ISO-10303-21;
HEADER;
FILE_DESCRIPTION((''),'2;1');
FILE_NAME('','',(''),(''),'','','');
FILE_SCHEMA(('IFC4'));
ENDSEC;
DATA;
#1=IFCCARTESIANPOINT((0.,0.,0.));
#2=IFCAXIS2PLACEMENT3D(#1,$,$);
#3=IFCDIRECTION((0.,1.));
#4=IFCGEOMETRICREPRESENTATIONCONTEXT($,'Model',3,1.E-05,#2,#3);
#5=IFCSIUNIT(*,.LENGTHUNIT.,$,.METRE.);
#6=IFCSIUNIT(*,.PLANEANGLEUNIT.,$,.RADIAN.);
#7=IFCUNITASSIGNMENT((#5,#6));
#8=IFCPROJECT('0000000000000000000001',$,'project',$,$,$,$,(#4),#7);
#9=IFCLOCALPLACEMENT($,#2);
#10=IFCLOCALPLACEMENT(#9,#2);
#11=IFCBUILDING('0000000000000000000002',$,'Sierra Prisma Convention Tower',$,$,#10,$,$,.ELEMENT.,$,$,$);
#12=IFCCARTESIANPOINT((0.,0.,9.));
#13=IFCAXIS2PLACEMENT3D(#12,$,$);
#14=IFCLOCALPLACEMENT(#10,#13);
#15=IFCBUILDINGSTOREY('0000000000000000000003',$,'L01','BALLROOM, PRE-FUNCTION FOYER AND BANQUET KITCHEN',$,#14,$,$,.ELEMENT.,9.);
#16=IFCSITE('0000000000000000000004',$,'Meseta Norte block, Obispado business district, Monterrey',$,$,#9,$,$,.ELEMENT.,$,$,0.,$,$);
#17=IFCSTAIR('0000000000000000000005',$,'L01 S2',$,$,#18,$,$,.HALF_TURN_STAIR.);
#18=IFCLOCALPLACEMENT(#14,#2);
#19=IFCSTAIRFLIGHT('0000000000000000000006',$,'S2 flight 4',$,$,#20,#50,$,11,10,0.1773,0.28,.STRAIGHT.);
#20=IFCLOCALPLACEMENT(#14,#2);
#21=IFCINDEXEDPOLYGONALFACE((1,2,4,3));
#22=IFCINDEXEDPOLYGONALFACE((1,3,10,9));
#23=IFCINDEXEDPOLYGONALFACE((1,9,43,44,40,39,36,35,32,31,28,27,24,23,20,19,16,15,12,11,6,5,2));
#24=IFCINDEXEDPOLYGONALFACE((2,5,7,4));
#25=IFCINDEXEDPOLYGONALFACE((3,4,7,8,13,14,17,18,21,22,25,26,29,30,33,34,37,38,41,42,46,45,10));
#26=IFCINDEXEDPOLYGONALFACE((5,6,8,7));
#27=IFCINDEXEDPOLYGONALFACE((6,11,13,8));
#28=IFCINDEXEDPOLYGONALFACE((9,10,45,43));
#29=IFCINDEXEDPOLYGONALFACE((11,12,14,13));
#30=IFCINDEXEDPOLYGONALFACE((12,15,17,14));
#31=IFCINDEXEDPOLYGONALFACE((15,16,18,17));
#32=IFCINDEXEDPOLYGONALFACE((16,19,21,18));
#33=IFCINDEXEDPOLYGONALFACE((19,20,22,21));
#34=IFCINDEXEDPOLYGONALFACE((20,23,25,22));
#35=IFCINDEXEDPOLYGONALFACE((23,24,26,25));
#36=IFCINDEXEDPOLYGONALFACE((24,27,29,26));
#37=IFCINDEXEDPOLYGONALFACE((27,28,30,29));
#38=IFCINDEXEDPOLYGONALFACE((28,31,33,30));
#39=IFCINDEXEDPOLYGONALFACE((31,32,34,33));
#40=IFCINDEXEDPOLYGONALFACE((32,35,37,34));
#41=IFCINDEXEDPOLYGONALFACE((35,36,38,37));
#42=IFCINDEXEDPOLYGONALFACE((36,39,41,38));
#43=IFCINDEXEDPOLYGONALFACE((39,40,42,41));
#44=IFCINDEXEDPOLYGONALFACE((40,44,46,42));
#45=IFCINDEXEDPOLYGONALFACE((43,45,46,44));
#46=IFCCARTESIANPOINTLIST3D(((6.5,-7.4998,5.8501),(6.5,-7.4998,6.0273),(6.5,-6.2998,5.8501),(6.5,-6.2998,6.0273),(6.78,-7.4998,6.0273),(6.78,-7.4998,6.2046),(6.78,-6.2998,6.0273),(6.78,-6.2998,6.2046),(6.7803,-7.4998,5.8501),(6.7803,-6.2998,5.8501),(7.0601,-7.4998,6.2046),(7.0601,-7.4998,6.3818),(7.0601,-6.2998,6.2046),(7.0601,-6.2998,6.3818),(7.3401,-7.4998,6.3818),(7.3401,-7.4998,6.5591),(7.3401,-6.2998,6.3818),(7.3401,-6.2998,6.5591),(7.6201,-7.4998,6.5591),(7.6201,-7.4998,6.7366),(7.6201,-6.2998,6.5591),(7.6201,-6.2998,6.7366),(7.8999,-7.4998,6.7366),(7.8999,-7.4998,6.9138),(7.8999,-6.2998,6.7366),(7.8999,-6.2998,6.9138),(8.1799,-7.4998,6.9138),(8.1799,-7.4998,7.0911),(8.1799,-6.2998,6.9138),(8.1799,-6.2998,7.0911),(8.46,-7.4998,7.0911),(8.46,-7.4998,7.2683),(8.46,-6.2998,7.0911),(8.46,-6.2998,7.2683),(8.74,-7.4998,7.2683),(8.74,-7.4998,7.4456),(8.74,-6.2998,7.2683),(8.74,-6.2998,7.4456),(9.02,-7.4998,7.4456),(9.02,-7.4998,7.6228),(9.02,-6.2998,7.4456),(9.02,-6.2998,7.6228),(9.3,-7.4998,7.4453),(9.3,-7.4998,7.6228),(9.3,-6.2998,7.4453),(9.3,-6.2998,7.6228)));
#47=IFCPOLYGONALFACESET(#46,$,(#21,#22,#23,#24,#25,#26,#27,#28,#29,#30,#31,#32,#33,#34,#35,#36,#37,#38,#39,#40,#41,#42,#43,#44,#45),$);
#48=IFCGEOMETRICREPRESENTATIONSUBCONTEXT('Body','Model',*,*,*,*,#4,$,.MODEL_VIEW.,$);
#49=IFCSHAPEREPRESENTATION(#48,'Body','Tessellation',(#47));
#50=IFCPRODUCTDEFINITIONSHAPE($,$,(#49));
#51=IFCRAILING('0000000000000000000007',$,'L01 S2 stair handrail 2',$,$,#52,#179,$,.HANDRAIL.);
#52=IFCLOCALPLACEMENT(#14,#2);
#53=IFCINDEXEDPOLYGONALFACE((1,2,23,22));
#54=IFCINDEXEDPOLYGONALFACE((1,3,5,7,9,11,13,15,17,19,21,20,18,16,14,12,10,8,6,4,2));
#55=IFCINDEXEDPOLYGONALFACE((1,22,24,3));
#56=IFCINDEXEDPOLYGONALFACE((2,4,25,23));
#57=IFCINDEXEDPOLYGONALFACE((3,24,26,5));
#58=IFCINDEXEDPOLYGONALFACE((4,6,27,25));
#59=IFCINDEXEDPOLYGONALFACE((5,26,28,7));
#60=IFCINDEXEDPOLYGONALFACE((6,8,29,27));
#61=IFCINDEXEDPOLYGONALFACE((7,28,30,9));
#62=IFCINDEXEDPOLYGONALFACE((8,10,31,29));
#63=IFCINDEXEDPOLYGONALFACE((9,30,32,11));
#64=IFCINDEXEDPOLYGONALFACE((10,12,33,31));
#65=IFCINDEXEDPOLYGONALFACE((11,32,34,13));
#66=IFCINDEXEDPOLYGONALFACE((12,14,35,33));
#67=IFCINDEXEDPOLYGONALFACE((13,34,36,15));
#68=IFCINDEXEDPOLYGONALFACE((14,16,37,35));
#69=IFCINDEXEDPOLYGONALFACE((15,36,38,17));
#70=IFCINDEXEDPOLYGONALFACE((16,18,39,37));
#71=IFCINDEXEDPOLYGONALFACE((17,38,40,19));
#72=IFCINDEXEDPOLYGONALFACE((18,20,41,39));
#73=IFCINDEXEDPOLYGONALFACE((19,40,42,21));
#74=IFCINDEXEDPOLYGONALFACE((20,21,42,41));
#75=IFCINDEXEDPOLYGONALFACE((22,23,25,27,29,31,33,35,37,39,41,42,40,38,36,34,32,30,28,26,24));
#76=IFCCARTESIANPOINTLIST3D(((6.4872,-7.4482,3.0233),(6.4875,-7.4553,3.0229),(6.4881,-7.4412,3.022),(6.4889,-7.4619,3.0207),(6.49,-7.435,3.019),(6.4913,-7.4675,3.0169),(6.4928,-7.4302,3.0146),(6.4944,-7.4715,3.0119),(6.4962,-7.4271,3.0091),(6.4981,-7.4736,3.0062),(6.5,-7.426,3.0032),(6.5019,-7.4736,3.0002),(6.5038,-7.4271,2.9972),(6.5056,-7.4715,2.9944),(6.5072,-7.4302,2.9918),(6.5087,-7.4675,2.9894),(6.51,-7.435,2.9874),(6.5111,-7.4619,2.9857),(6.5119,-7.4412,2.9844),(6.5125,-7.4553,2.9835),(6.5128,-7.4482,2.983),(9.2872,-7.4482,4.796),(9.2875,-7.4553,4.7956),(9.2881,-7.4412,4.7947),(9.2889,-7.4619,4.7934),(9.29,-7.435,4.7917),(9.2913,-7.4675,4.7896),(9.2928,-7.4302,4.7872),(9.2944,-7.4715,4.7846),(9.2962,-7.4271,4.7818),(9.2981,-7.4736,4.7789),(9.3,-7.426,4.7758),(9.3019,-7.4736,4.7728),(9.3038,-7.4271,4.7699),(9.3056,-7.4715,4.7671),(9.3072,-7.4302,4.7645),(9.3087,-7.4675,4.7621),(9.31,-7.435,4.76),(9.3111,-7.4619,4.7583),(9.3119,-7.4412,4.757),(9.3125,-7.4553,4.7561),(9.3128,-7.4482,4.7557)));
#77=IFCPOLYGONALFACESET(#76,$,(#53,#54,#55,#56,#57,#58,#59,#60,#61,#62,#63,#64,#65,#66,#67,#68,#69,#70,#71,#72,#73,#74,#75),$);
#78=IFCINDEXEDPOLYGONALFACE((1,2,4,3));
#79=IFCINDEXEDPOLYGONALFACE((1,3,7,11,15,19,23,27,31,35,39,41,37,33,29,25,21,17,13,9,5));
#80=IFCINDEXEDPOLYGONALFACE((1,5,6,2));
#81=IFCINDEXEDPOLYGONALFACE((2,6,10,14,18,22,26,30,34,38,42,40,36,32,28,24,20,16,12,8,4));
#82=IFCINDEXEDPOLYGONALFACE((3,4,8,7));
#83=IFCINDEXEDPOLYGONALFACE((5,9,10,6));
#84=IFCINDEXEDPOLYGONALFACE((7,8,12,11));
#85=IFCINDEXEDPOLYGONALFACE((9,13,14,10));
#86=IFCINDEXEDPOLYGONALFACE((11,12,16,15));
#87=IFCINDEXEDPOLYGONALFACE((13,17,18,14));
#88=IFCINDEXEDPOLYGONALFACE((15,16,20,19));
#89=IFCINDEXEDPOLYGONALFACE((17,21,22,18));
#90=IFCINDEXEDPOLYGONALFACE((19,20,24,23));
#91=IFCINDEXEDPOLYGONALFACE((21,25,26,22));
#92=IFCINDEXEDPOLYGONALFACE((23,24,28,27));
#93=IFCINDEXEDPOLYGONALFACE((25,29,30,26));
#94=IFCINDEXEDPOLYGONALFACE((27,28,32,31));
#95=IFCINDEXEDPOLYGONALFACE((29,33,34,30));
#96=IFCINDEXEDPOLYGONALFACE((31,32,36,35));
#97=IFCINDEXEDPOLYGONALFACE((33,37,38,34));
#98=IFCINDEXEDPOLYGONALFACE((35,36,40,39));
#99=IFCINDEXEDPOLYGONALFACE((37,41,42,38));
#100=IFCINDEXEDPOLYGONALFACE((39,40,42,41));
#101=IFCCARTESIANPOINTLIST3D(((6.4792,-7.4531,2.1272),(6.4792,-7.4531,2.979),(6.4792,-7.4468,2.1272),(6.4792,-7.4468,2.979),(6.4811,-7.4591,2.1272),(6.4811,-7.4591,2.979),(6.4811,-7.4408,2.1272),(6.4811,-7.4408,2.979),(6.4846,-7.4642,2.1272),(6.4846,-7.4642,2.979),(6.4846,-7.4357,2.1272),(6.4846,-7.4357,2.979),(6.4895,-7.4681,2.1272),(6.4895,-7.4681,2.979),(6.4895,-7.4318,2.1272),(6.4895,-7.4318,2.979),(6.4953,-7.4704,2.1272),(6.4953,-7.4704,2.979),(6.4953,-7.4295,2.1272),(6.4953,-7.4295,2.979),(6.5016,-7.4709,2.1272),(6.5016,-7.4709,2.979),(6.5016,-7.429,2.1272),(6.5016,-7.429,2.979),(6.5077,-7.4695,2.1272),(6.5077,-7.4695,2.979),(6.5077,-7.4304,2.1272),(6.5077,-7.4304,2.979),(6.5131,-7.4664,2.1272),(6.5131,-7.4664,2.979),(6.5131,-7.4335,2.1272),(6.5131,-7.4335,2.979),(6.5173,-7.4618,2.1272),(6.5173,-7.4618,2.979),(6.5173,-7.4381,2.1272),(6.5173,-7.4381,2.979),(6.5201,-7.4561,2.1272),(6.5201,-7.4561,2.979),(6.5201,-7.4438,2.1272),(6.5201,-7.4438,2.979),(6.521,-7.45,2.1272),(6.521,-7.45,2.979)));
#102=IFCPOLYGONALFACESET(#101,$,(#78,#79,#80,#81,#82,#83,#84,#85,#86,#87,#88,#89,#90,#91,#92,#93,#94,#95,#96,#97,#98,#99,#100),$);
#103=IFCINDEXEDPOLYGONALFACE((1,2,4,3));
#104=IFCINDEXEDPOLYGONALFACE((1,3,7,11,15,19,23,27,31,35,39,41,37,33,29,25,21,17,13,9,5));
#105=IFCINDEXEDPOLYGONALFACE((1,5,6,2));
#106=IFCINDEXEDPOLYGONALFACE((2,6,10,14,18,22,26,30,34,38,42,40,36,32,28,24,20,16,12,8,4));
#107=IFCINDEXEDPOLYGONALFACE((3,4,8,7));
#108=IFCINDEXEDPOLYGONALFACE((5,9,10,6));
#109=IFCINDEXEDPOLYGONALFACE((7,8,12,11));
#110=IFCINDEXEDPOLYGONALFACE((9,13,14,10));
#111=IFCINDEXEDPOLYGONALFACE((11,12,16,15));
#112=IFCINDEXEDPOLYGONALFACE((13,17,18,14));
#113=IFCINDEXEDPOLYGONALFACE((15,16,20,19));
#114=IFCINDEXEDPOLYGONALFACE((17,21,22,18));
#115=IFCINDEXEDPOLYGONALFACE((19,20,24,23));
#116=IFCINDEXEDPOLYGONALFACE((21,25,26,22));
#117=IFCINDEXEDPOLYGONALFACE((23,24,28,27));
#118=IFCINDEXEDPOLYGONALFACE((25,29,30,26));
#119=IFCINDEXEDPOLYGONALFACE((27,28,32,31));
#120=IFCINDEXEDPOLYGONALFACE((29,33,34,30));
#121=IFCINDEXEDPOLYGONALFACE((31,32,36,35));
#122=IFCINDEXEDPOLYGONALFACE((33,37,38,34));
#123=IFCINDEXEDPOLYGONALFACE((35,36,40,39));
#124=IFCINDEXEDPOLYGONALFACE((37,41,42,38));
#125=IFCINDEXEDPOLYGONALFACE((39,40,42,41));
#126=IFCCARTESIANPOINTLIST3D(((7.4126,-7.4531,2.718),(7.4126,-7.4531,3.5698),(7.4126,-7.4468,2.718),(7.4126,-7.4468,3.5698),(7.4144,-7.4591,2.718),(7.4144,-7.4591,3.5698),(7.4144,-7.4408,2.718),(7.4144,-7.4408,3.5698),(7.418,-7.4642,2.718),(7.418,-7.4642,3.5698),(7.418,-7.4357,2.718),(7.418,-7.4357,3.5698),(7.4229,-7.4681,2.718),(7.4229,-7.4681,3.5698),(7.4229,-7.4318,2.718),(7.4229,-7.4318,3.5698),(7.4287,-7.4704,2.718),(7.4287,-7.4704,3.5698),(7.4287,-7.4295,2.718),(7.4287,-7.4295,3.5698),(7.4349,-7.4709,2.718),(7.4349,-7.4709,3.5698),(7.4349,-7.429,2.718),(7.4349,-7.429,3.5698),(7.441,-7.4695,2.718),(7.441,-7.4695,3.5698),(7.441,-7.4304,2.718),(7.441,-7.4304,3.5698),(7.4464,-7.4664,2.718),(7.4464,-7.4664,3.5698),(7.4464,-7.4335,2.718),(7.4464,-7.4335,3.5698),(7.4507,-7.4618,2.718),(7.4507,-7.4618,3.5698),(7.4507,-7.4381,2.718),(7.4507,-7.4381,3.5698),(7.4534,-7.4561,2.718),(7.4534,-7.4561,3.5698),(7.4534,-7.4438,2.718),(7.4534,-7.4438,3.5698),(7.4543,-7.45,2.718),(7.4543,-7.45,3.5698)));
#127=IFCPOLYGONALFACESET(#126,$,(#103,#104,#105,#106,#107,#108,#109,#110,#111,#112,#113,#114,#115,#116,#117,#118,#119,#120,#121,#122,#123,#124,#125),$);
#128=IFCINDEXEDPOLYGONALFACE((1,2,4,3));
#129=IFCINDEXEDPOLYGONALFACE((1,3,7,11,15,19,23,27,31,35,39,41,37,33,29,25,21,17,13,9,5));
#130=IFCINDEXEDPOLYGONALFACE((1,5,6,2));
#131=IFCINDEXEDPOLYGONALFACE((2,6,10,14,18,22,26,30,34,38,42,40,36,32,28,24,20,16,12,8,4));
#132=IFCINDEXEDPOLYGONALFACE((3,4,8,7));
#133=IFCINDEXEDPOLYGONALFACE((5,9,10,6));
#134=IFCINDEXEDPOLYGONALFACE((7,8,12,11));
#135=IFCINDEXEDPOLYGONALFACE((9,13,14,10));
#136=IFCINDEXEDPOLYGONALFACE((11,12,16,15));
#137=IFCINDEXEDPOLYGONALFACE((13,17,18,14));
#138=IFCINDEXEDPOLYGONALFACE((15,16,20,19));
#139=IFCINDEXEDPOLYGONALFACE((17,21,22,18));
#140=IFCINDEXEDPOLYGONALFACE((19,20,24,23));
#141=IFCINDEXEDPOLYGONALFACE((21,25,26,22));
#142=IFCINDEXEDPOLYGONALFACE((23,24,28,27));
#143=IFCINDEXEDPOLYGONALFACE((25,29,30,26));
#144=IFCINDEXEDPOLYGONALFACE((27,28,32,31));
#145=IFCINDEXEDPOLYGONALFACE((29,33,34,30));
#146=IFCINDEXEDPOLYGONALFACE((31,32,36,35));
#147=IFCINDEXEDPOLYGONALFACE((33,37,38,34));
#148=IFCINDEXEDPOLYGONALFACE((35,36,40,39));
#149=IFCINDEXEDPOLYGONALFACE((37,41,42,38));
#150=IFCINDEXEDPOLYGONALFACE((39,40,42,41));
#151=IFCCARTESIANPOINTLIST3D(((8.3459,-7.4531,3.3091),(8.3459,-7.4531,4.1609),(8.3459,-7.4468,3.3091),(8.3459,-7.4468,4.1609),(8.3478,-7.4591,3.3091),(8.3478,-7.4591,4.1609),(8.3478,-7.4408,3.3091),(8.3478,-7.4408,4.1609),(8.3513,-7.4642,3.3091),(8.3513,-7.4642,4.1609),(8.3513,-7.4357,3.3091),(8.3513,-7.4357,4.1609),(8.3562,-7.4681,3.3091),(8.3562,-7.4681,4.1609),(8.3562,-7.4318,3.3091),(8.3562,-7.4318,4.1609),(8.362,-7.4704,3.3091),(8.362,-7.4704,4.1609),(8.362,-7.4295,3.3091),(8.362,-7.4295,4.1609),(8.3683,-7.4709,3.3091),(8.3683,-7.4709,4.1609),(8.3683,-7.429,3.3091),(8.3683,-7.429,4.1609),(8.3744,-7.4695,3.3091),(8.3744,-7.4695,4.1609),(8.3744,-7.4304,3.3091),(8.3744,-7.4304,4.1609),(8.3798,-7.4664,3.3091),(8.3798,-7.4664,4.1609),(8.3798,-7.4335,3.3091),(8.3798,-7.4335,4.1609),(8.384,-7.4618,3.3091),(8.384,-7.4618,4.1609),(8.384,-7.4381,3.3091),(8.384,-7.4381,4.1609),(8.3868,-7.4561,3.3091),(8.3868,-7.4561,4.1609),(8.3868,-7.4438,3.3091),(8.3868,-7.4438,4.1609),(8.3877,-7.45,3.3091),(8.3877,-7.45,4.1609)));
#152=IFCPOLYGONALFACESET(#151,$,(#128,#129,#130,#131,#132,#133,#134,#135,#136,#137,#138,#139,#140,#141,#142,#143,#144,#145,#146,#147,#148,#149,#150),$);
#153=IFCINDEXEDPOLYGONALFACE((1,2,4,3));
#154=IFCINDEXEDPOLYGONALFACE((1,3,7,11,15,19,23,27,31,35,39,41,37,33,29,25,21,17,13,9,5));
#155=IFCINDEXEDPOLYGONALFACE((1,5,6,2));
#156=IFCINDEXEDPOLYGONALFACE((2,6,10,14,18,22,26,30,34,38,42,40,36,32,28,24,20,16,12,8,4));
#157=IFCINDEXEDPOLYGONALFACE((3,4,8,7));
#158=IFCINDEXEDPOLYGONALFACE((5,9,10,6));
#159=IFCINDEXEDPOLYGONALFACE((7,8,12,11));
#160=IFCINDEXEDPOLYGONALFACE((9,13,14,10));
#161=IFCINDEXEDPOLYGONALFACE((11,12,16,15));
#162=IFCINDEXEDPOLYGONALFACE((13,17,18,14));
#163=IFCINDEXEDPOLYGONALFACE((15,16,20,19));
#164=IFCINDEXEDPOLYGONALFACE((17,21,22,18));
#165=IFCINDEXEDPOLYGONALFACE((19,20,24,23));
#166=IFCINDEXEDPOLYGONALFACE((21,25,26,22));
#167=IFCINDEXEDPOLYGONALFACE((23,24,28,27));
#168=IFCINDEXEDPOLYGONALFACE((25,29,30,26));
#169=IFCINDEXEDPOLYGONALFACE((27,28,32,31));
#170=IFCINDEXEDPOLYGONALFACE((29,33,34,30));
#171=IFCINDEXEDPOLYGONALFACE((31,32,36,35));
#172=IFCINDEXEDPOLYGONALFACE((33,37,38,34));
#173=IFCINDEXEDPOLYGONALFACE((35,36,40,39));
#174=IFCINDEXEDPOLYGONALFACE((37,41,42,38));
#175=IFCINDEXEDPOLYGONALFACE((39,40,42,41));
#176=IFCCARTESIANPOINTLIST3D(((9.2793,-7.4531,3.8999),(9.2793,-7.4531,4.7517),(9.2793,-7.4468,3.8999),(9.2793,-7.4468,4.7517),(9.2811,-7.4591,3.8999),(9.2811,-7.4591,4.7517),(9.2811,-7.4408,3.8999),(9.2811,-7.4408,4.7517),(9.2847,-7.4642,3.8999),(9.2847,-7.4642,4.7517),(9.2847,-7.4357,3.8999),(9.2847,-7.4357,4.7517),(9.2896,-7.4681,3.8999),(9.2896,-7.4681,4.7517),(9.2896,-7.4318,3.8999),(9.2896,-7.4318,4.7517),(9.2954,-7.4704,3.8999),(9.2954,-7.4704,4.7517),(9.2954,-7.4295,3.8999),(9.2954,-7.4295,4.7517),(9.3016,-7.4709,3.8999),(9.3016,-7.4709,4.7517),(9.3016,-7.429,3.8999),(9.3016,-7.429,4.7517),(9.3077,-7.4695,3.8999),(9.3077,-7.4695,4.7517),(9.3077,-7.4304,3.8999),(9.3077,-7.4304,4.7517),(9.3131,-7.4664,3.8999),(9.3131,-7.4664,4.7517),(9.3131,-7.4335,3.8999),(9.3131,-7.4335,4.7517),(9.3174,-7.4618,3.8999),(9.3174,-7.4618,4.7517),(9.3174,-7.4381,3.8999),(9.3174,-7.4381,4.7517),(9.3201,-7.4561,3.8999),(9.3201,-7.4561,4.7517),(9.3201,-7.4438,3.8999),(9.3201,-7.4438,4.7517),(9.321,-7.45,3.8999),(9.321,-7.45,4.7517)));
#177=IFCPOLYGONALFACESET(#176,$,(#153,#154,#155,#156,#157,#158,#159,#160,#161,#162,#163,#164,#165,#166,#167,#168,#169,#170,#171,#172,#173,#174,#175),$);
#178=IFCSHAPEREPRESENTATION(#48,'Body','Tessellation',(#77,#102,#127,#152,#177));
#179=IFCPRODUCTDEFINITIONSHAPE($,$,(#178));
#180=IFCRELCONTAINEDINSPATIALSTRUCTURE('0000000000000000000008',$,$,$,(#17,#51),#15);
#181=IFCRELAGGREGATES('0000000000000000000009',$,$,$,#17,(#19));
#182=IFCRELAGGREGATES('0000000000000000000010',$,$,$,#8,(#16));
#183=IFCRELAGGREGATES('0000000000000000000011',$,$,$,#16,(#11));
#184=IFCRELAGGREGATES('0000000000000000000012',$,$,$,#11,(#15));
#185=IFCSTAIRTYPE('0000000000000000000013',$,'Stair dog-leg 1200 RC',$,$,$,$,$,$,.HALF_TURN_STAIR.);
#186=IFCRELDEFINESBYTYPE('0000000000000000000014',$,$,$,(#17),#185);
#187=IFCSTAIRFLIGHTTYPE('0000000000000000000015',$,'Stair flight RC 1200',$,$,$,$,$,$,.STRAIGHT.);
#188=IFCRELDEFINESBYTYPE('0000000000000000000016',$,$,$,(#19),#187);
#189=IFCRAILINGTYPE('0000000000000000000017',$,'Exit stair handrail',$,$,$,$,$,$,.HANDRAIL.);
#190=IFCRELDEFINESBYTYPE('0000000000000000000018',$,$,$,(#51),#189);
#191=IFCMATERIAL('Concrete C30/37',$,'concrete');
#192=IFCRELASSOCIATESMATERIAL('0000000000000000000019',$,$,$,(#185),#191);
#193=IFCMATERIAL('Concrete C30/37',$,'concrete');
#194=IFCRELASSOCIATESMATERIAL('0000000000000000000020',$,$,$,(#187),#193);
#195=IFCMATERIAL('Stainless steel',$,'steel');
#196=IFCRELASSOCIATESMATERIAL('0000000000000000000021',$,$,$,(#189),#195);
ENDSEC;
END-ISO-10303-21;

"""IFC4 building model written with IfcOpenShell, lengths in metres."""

from ifc_helpers import new_model, si_unit, direction, frame, origin, origin_2d, place, context, subcontext, project, spatial, polyline, circle, outline, extrude, material, type_object, element, aggregate, save


model = new_model("IFC4")

# Units and contexts
model_context = context("Model", 3, precision=1e-05, world=origin(), true_north=direction((0.0, 1.0)))
body_context = subcontext(model_context, "Body", "Model", "MODEL_VIEW")
ifc_project = project(units=[si_unit("LENGTHUNIT", "METRE"), si_unit("PLANEANGLEUNIT", "RADIAN")], contexts=[model_context])

# Site, building, storey
site_placement = place(None, origin())
site = spatial("IfcSite", under=ifc_project, at=site_placement, Name="Meseta Norte block, Obispado business district, Monterrey", CompositionType="ELEMENT", RefElevation=0.0)
building_placement = place(site_placement, origin())
building = spatial("IfcBuilding", under=site, at=building_placement, Name="Sierra Prisma Convention Tower", CompositionType="ELEMENT")
storey_placement = place(building_placement, frame((0.0, 0.0, 9.0)))
storey = spatial("IfcBuildingStorey", under=building, at=storey_placement, Name="L01", Description="BALLROOM, PRE-FUNCTION FOYER AND BANQUET KITCHEN", CompositionType="ELEMENT", Elevation=9.0)

# Stair, stair flight
ifc_material_1 = material(Name="Concrete C30/37", Category="concrete")
stair_type = type_object("IfcStairType", Name="Stair dog-leg 1200 RC", PredefinedType="HALF_TURN_STAIR", material=ifc_material_1)
stair_placement = place(storey_placement, origin())
stair = element("IfcStair", 1, at=stair_placement, inside=storey, type_object=stair_type, Name="L01 S2", PredefinedType="HALF_TURN_STAIR")
ifc_material_2 = material(Name="Concrete C30/37", Category="concrete")
stair_flight_type = type_object("IfcStairFlightType", Name="Stair flight RC 1200", PredefinedType="STRAIGHT", material=ifc_material_2)
stair_flight_1_placement = place(storey_placement, frame((6.5, -6.8999, 5.8501), z_axis=(0.0, 0.0, 1.0), x_axis=(1.0, 0.0, 0.0)))
stair_flight_1 = element("IfcStairFlight", 2, at=stair_flight_1_placement, type_object=stair_flight_type, Name="S2 flight 4", NumberOfRisers=11, NumberOfTreads=10, PredefinedType="STRAIGHT", RiserHeight=0.1773, TreadLength=0.28, context=body_context, shape_type="SweptSolid", body=[
    extrude(outline(polyline([(0.0, 0.0), (0.0, 0.1772), (0.28, 0.1772), (0.28, 0.3545), (0.5601, 0.3545), (0.5601, 0.5317), (0.8401, 0.5317), (0.8401, 0.709), (1.1201, 0.709), (1.1201, 0.8865), (1.3999, 0.8865), (1.3999, 1.0637), (1.6799, 1.0637), (1.6799, 1.241), (1.96, 1.241), (1.96, 1.4182), (2.24, 1.4182), (2.24, 1.5955), (2.52, 1.5955), (2.52, 1.7727), (2.8, 1.7727), (2.8, 1.95), (2.8, 1.5952), (0.2803, 0.0), (0.0, 0.0)])), frame((0.0, 0.6001, 0.0), z_axis=(0.0, -1.0, 0.0), x_axis=(1.0, 0.0, 0.0)), (0.0, 0.0, 1.0), 1.2),
])
aggregate(stair, [stair_flight_1])

# Railing
ifc_material_3 = material(Name="Stainless steel", Category="steel")
railing_type_1 = type_object("IfcRailingType", Name="Exit stair handrail", PredefinedType="HANDRAIL", material=ifc_material_3)
for number, where, name in (
    (3, (6.5, -7.45, 2.1272), "L01 S2 stair handrail 2"),
):
    element("IfcRailing", number, at=place(storey_placement, frame(where)), inside=storey, type_object=railing_type_1, Name=name, PredefinedType="HANDRAIL", context=body_context, shape_type="SweptSolid", body=[
        extrude(circle(Radius=0.0239, at=origin_2d()), frame((0.0, 0.0, 0.876), z_axis=(0.844909, 0.0, 0.53491), x_axis=(0.0, 1.0, 0.0)), (0.0, 0.0, 1.0), 3.314),
        extrude(circle(Radius=0.021, at=origin_2d()), origin(), (0.0, 0.0, 1.0), 0.8518),
        extrude(circle(Radius=0.021, at=origin_2d()), frame((0.9333, 0.0, 0.5908)), (0.0, 0.0, 1.0), 0.8518),
        extrude(circle(Radius=0.021, at=origin_2d()), frame((1.8667, 0.0, 1.1819)), (0.0, 0.0, 1.0), 0.8518),
        extrude(circle(Radius=0.021, at=origin_2d()), frame((2.8, 0.0, 1.7727)), (0.0, 0.0, 1.0), 0.8518),
    ])

save(model, "model.ifc")
